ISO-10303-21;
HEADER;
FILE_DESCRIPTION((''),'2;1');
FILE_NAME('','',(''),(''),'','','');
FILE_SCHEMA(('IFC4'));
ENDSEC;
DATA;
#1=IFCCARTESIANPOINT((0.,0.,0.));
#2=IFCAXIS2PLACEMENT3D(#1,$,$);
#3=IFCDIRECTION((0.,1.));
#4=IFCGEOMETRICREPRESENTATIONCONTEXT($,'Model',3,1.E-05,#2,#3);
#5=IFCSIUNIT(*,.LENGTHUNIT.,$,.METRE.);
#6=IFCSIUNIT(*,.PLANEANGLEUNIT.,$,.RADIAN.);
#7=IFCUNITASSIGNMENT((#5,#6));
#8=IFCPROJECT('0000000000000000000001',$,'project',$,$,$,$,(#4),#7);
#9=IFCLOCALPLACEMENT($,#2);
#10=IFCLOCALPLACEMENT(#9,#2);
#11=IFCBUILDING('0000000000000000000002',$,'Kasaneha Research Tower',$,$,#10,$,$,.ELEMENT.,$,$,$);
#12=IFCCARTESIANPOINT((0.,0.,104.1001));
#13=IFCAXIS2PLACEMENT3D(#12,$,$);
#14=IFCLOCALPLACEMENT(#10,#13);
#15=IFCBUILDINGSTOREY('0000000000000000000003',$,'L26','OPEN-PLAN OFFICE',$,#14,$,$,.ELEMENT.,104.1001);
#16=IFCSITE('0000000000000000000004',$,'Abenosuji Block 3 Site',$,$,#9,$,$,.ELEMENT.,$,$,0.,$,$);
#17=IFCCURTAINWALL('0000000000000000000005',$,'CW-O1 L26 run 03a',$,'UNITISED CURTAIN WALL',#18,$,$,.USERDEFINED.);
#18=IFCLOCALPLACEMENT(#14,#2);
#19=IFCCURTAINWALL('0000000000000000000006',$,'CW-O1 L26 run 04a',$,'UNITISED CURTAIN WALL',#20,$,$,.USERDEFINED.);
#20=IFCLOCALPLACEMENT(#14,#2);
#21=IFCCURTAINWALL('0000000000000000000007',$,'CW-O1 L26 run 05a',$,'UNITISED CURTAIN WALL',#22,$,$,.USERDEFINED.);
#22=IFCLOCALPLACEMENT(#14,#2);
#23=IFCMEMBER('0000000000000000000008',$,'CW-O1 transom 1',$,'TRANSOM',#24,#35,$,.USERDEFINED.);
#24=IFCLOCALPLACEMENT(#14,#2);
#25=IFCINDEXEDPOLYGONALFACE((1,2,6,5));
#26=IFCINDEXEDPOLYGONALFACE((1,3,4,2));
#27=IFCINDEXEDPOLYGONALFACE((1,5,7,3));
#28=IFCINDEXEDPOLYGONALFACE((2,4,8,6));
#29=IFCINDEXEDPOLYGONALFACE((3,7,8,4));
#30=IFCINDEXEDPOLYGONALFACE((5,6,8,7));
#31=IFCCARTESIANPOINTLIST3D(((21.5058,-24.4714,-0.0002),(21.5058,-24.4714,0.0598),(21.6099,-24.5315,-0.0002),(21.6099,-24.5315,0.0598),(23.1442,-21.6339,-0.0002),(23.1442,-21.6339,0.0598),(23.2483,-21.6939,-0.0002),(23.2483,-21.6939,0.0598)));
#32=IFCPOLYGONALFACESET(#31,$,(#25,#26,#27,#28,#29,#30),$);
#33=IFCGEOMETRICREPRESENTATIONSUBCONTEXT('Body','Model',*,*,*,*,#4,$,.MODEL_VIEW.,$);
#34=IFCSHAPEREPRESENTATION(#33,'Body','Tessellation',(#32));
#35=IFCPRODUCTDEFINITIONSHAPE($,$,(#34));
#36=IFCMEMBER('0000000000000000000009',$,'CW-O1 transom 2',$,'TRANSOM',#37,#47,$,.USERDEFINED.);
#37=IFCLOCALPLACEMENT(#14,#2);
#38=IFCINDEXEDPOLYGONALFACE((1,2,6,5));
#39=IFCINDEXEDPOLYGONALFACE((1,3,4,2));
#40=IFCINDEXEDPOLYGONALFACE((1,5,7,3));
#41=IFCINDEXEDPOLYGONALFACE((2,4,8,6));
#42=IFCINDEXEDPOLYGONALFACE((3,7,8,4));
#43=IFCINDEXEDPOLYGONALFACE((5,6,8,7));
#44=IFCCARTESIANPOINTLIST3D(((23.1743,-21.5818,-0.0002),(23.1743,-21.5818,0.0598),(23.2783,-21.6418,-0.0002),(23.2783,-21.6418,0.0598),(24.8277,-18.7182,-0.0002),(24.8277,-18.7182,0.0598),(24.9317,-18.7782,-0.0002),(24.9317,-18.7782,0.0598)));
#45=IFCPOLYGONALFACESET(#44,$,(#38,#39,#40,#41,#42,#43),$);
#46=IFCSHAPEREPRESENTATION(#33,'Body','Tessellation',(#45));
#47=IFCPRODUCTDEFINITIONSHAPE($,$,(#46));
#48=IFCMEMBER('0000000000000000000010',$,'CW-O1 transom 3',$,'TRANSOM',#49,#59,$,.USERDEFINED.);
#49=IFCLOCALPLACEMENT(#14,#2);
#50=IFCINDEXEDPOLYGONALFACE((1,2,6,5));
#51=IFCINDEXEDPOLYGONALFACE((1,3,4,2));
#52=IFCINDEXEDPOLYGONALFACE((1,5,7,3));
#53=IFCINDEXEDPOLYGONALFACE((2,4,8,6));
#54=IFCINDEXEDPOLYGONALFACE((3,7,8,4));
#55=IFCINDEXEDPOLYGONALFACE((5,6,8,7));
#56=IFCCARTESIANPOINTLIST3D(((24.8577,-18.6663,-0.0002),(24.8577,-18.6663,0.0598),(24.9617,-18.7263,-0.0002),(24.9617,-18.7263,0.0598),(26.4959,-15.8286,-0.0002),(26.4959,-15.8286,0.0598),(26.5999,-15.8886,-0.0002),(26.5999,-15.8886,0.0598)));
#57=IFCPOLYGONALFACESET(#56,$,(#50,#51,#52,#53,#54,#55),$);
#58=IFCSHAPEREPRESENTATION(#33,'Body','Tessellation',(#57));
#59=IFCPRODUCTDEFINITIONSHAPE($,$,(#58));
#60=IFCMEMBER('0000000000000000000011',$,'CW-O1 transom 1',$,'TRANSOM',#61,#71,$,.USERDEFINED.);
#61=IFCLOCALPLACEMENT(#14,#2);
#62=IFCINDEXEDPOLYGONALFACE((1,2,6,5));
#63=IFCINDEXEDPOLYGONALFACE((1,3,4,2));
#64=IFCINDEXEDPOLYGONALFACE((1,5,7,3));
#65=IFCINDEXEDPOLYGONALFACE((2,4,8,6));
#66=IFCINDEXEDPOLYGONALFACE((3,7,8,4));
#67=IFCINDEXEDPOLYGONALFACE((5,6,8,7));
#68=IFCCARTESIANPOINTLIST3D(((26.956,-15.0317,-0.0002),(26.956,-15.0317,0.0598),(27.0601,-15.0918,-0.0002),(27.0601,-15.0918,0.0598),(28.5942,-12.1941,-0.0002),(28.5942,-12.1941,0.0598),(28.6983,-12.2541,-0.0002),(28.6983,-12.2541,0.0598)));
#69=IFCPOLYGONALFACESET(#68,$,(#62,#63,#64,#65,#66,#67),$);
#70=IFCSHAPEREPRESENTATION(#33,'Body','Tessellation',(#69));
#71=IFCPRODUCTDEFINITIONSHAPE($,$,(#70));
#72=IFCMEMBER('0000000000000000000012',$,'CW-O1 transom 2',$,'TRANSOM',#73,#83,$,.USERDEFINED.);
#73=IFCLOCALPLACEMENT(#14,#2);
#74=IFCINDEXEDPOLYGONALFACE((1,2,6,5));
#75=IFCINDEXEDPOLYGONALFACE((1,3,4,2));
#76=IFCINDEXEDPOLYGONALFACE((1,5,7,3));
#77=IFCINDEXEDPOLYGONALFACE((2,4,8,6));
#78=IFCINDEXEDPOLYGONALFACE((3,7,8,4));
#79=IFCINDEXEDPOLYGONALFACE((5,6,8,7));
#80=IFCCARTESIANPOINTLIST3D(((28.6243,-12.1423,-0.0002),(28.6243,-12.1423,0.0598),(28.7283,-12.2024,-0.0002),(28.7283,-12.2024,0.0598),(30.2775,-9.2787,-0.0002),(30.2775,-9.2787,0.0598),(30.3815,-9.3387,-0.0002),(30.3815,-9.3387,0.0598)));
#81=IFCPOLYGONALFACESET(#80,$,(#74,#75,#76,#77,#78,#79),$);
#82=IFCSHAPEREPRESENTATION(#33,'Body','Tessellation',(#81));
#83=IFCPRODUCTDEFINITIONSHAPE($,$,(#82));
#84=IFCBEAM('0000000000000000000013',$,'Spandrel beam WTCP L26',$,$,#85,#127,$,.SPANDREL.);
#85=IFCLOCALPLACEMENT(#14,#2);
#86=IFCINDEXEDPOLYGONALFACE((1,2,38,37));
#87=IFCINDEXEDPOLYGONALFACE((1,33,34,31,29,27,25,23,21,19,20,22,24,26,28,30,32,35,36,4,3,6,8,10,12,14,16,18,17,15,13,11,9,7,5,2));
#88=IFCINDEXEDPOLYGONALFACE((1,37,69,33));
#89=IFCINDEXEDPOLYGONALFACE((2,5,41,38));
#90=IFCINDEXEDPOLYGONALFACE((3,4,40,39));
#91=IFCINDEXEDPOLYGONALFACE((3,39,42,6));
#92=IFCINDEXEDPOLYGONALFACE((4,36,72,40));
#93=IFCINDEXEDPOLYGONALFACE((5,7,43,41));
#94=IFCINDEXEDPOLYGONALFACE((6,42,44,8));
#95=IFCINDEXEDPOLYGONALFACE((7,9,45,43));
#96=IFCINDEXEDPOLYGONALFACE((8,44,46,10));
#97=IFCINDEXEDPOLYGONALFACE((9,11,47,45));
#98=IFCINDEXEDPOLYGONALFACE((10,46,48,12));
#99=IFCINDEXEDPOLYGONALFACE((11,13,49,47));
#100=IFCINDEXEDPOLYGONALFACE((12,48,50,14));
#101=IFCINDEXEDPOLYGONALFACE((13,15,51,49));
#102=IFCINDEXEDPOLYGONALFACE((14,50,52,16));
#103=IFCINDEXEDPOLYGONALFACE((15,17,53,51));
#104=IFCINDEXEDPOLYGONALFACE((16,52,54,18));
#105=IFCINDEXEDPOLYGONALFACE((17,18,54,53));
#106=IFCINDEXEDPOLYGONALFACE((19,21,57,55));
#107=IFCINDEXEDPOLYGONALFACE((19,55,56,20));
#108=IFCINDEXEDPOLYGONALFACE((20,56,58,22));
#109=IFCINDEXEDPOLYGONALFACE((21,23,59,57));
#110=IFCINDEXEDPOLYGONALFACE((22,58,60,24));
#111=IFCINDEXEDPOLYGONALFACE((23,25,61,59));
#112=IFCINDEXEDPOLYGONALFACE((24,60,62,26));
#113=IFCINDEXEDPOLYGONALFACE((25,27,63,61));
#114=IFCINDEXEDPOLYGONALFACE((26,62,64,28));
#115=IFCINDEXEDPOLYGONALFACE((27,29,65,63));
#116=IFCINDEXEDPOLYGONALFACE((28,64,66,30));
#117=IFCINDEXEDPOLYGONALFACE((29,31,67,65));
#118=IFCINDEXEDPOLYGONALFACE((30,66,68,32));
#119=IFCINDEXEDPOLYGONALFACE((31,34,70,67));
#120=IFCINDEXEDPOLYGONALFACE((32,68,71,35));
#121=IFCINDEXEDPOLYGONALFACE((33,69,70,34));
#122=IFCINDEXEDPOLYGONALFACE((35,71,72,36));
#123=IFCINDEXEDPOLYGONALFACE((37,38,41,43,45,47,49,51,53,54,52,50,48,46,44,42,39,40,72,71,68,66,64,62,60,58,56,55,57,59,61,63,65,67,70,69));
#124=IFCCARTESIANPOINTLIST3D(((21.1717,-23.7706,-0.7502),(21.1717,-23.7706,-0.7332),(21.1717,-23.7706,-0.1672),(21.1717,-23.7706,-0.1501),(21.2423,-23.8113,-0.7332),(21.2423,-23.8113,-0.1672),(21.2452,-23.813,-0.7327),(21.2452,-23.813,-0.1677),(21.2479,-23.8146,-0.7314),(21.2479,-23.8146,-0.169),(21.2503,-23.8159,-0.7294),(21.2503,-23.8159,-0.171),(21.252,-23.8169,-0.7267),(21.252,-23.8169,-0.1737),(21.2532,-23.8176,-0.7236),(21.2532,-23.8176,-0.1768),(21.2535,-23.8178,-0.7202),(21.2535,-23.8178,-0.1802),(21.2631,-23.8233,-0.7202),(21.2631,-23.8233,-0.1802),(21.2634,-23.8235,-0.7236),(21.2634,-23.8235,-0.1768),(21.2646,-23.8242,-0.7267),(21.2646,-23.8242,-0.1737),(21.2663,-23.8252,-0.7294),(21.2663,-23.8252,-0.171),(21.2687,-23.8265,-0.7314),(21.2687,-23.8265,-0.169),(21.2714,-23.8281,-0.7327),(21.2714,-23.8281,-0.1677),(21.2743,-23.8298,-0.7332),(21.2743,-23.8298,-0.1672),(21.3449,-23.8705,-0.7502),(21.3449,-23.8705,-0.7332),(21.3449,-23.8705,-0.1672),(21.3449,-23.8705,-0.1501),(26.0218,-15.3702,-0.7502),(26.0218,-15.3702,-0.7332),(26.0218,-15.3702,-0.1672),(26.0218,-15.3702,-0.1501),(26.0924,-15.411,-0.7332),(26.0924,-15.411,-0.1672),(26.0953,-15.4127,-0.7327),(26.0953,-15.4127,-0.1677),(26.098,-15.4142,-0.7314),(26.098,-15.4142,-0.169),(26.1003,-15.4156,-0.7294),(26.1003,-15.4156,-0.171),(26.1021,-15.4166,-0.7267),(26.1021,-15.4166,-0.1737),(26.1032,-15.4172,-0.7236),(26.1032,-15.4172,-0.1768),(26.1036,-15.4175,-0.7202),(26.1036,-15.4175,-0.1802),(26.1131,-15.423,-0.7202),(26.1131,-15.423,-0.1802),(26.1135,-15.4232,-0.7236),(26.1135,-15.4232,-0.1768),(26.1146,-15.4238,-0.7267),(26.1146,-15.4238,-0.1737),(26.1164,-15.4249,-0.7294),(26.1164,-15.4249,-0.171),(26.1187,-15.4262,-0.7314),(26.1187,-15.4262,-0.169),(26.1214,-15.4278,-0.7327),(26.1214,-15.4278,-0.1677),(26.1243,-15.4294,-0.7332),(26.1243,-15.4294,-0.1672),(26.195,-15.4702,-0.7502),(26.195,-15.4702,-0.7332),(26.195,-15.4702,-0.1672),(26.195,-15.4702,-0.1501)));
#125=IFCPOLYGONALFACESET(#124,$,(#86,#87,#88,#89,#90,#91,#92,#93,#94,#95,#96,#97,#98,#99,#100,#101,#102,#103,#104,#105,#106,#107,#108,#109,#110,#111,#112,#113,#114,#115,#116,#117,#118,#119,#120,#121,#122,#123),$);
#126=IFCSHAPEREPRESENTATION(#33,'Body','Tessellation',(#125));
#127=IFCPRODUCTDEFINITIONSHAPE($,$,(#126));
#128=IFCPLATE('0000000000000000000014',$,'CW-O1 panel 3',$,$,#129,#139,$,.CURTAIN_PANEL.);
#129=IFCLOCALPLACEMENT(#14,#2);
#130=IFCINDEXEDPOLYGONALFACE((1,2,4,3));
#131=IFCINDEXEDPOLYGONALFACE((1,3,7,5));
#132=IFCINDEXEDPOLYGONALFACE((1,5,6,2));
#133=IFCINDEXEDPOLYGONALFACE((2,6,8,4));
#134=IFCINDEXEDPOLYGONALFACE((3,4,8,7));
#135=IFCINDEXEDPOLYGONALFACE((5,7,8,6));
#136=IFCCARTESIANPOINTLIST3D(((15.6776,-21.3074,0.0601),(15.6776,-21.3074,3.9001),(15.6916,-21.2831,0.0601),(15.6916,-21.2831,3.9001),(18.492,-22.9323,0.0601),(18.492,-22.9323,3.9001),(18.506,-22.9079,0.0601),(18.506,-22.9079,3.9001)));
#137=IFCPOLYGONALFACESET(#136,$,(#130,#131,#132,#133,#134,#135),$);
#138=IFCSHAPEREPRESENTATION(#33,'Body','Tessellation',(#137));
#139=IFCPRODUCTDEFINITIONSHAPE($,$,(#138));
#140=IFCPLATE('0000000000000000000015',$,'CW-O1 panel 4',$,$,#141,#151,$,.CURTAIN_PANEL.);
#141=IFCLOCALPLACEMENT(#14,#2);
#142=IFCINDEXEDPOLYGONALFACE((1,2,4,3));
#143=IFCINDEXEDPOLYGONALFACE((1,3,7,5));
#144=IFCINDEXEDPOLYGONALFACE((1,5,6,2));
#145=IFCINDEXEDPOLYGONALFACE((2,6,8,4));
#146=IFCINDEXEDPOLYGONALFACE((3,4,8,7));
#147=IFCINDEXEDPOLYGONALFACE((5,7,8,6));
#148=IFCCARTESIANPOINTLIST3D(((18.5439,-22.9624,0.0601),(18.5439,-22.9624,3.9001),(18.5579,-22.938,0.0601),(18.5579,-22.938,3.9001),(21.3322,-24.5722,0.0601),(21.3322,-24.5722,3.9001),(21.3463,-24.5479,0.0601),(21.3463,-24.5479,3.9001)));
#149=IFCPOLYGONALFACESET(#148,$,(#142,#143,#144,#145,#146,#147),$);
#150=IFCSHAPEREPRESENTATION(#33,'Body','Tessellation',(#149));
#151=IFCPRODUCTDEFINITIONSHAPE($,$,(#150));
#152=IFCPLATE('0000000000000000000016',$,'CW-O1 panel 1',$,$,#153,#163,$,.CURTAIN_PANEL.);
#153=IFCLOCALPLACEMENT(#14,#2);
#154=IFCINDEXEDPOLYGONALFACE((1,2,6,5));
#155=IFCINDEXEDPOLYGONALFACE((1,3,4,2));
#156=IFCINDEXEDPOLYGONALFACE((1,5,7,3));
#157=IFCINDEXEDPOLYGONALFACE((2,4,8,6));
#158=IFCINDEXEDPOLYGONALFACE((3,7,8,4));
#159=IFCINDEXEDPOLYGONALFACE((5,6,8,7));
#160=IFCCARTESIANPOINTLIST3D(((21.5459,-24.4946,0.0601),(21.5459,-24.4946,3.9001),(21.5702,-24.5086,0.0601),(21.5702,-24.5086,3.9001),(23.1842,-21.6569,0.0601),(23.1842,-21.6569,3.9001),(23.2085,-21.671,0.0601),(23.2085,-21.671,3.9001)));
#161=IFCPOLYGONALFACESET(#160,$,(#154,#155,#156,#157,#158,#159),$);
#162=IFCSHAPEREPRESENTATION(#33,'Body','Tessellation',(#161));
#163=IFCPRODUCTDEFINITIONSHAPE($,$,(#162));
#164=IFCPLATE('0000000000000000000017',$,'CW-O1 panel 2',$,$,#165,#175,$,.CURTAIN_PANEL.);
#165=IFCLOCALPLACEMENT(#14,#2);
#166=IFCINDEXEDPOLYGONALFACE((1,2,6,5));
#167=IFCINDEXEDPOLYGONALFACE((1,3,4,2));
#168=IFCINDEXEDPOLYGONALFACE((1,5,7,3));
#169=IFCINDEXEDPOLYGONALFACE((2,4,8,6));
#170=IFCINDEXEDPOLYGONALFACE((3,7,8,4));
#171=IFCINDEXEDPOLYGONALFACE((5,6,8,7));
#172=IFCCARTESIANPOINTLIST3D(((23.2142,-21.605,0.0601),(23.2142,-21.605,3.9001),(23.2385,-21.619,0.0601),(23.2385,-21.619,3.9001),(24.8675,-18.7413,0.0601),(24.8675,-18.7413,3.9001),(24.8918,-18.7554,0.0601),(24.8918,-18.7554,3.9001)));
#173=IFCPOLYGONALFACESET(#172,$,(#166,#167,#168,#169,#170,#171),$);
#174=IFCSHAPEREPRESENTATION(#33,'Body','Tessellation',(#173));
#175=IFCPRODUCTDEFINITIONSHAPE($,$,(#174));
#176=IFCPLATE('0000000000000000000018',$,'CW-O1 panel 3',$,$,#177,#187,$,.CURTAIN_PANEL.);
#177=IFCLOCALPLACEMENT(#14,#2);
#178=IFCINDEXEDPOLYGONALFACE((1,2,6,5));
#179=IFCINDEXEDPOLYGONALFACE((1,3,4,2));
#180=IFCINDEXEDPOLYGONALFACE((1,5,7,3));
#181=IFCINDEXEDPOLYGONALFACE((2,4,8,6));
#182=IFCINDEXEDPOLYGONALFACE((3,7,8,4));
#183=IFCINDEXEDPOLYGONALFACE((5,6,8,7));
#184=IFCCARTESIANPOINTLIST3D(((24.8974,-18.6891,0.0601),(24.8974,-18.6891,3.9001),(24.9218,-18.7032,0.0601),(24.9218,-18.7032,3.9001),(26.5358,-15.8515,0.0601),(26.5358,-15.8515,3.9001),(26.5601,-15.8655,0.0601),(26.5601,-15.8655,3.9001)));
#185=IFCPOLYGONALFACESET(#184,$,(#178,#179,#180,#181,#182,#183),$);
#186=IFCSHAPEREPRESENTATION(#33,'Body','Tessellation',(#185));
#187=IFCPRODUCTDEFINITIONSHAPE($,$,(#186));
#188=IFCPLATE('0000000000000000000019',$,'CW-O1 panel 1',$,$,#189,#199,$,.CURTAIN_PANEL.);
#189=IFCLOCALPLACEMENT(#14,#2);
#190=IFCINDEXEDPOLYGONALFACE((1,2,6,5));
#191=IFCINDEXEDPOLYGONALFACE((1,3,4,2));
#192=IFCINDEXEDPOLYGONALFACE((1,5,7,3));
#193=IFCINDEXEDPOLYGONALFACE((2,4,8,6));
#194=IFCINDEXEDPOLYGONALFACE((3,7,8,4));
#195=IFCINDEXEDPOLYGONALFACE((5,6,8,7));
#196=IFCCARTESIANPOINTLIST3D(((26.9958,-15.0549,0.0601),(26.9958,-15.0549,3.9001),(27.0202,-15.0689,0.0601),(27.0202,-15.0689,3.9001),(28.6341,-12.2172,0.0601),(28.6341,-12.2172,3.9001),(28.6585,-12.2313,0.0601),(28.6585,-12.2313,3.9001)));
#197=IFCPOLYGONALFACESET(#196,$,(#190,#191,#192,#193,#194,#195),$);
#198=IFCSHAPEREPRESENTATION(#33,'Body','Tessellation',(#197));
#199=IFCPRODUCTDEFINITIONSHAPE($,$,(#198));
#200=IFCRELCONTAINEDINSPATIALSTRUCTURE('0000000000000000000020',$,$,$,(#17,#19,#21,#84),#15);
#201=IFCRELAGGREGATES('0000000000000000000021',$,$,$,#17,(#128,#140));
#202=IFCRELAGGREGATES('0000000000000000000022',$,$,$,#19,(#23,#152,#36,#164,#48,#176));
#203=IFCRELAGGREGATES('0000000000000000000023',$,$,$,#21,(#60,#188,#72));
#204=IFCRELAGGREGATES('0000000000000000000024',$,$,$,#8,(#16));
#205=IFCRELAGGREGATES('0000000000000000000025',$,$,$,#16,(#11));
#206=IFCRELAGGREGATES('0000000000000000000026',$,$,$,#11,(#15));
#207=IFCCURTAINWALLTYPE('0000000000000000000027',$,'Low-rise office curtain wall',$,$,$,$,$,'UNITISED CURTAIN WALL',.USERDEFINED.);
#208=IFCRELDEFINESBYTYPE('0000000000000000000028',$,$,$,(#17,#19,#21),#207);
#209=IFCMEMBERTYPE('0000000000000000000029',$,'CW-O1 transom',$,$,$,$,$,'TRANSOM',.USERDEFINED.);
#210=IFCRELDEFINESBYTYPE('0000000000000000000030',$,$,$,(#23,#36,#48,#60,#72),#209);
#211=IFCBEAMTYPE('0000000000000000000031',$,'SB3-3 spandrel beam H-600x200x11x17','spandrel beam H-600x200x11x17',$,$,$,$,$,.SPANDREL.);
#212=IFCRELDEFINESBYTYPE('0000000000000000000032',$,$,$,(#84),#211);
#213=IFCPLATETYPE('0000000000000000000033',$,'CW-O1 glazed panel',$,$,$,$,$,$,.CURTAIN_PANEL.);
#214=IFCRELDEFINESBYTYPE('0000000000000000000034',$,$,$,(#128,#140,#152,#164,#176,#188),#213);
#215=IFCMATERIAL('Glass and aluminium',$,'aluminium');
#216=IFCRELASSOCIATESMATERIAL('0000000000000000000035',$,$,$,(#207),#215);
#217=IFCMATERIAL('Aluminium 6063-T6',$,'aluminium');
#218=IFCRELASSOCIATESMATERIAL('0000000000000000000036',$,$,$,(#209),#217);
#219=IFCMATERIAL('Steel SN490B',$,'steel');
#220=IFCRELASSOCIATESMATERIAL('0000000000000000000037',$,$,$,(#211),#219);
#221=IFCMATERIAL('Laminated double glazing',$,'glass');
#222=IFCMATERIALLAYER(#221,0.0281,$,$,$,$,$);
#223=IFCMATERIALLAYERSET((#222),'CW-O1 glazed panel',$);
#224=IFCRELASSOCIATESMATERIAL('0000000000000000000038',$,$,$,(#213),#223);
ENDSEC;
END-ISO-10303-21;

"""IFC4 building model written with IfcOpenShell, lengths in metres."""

from ifc_helpers import new_model, si_unit, direction, frame, origin, origin_2d, place, context, subcontext, project, spatial, rectangle, i_section, extrude, material, layer, layer_set, material_profile, profile_set, type_object, element, aggregate, save


model = new_model("IFC4")

# Units and contexts
model_context = context("Model", 3, precision=1e-05, world=origin(), true_north=direction((0.0, 1.0)))
body_context = subcontext(model_context, "Body", "Model", "MODEL_VIEW")
ifc_project = project(units=[si_unit("LENGTHUNIT", "METRE"), si_unit("PLANEANGLEUNIT", "RADIAN")], contexts=[model_context])

# Site, building, storey
site_placement = place(None, origin())
site = spatial("IfcSite", under=ifc_project, at=site_placement, Name="Abenosuji Block 3 Site", CompositionType="ELEMENT", RefElevation=0.0)
building_placement = place(site_placement, origin())
building = spatial("IfcBuilding", under=site, at=building_placement, Name="Kasaneha Research Tower", CompositionType="ELEMENT")
storey_placement = place(building_placement, frame((0.0, 0.0, 104.1001)))
storey = spatial("IfcBuildingStorey", under=building, at=storey_placement, Name="L26", Description="OPEN-PLAN OFFICE", CompositionType="ELEMENT", Elevation=104.1001)

# Curtain walls
ifc_material_1 = material(Name="Glass and aluminium", Category="aluminium")
curtain_wall_type = type_object("IfcCurtainWallType", Name="Low-rise office curtain wall", ElementType="UNITISED CURTAIN WALL", PredefinedType="USERDEFINED", material=ifc_material_1)
curtain_wall_1_placement = place(storey_placement, origin())
curtain_wall_1 = element("IfcCurtainWall", 1, at=curtain_wall_1_placement, inside=storey, type_object=curtain_wall_type, Name="CW-O1 L26 run 03a", ObjectType="UNITISED CURTAIN WALL", PredefinedType="USERDEFINED")
curtain_wall_2_placement = place(storey_placement, origin())
curtain_wall_2 = element("IfcCurtainWall", 2, at=curtain_wall_2_placement, inside=storey, type_object=curtain_wall_type, Name="CW-O1 L26 run 04a", ObjectType="UNITISED CURTAIN WALL", PredefinedType="USERDEFINED")
curtain_wall_3_placement = place(storey_placement, origin())
curtain_wall_3 = element("IfcCurtainWall", 3, at=curtain_wall_3_placement, inside=storey, type_object=curtain_wall_type, Name="CW-O1 L26 run 05a", ObjectType="UNITISED CURTAIN WALL", PredefinedType="USERDEFINED")

# Members
ifc_material_2 = material(Name="Aluminium 6063-T6", Category="aluminium")
ifc_material_profile_1 = material_profile(ifc_material_2, rectangle(XDim=0.1201, YDim=0.0601, at=origin_2d()), Name="CW-O1 transom 120x60")
ifc_profile_set_1 = profile_set([ifc_material_profile_1], Name="Aluminium 6063-T6")
member_type_1 = type_object("IfcMemberType", Name="CW-O1 transom", ElementType="TRANSOM", PredefinedType="USERDEFINED", material=ifc_profile_set_1)
member_1_placement = place(storey_placement, frame((21.5579, -24.5015, 0.0298), z_axis=(0.500026, 0.866011, 0.0), x_axis=(-0.866011, 0.500026, 0.0)))
member_1 = element("IfcMember", 4, at=member_1_placement, type_object=member_type_1, Name="CW-O1 transom 1", ObjectType="TRANSOM", PredefinedType="USERDEFINED", context=body_context, shape_type="SweptSolid", body=[
    extrude(rectangle(XDim=0.1201, YDim=0.0601, at=origin_2d()), origin(), (0.0, 0.0, 1.0), 3.2766),
])
member_2_placement = place(storey_placement, frame((23.2263, -21.6118, 0.0298), z_axis=(0.500014, 0.866017, 0.0), x_axis=(-0.866017, 0.500014, 0.0)))
member_2 = element("IfcMember", 5, at=member_2_placement, type_object=member_type_1, Name="CW-O1 transom 2", ObjectType="TRANSOM", PredefinedType="USERDEFINED", context=body_context, shape_type="SweptSolid", body=[
    extrude(rectangle(XDim=0.1201, YDim=0.0601, at=origin_2d()), origin(), (0.0, 0.0, 1.0), 3.3066),
])
member_3_placement = place(storey_placement, frame((24.9097, -18.6963, 0.0298), z_axis=(0.49997, 0.866043, 0.0), x_axis=(-0.866043, 0.49997, 0.0)))
member_3 = element("IfcMember", 6, at=member_3_placement, type_object=member_type_1, Name="CW-O1 transom 3", ObjectType="TRANSOM", PredefinedType="USERDEFINED", context=body_context, shape_type="SweptSolid", body=[
    extrude(rectangle(XDim=0.1201, YDim=0.0601, at=origin_2d()), origin(), (0.0, 0.0, 1.0), 3.2766),
])
member_4_placement = place(storey_placement, frame((27.0081, -15.0618, 0.0298), z_axis=(0.49997, 0.866043, 0.0), x_axis=(-0.866043, 0.49997, 0.0)))
member_4 = element("IfcMember", 7, at=member_4_placement, type_object=member_type_1, Name="CW-O1 transom 1", ObjectType="TRANSOM", PredefinedType="USERDEFINED", context=body_context, shape_type="SweptSolid", body=[
    extrude(rectangle(XDim=0.1201, YDim=0.0601, at=origin_2d()), origin(), (0.0, 0.0, 1.0), 3.2766),
])
member_5_placement = place(storey_placement, frame((28.6763, -12.1724, 0.0298), z_axis=(0.499982, 0.866036, 0.0), x_axis=(-0.866036, 0.499982, 0.0)))
member_5 = element("IfcMember", 8, at=member_5_placement, type_object=member_type_1, Name="CW-O1 transom 2", ObjectType="TRANSOM", PredefinedType="USERDEFINED", context=body_context, shape_type="SweptSolid", body=[
    extrude(rectangle(XDim=0.1201, YDim=0.0601, at=origin_2d()), origin(), (0.0, 0.0, 1.0), 3.3066),
])

# Beam
ifc_material_3 = material(Name="Steel SN490B", Category="steel")
ifc_material_profile_2 = material_profile(ifc_material_3, i_section(OverallWidth=0.2, OverallDepth=0.6001, WebThickness=0.011, FlangeThickness=0.0171, FilletRadius=0.0129, at=origin_2d()), Name="H-600x200x11x17")
ifc_profile_set_2 = profile_set([ifc_material_profile_2], Name="Steel SN490B")
beam_type_1 = type_object("IfcBeamType", Name="SB3-3 spandrel beam H-600x200x11x17", Description="spandrel beam H-600x200x11x17", PredefinedType="SPANDREL", material=ifc_profile_set_2)
beam_1_placement = place(storey_placement, frame((21.2583, -23.8206, -0.4502), z_axis=(0.50001, 0.86602, 0.0), x_axis=(-0.86602, 0.50001, 0.0)))
element("IfcBeam", 9, at=beam_1_placement, inside=storey, type_object=beam_type_1, Name="Spandrel beam WTCP L26", PredefinedType="SPANDREL", context=body_context, shape_type="SweptSolid", body=[
    extrude(i_section(OverallWidth=0.2, OverallDepth=0.6001, WebThickness=0.011, FlangeThickness=0.0171, FilletRadius=0.0129, at=origin_2d()), origin(), (0.0, 0.0, 1.0), 9.7),
])

# Plates
ifc_material_4 = material(Name="Laminated double glazing", Category="glass")
ifc_layer_1 = layer(ifc_material_4, 0.0281)
ifc_layer_set_1 = layer_set([ifc_layer_1], Name="CW-O1 glazed panel")
plate_type = type_object("IfcPlateType", Name="CW-O1 glazed panel", PredefinedType="CURTAIN_PANEL", material=ifc_layer_set_1)
plate_1_placement = place(storey_placement, frame((17.0918, -22.1077, 0.0601), z_axis=(0.0, 0.0, 1.0), x_axis=(0.866025, -0.5, 0.0)))
plate_1 = element("IfcPlate", 10, at=plate_1_placement, type_object=plate_type, Name="CW-O1 panel 3", PredefinedType="CURTAIN_PANEL", context=body_context, shape_type="SweptSolid", body=[
    extrude(rectangle(XDim=3.2498, YDim=0.0281, at=origin_2d()), origin(), (0.0, 0.0, 1.0), 3.8401),
])
plate_2_placement = place(storey_placement, frame((19.9451, -23.7551, 0.0601), z_axis=(0.0, 0.0, 1.0), x_axis=(0.866025, -0.5, 0.0)))
plate_2 = element("IfcPlate", 11, at=plate_2_placement, type_object=plate_type, Name="CW-O1 panel 4", PredefinedType="CURTAIN_PANEL", context=body_context, shape_type="SweptSolid", body=[
    extrude(rectangle(XDim=3.2197, YDim=0.0281, at=origin_2d()), origin(), (0.0, 0.0, 1.0), 3.8401),
])
aggregate(curtain_wall_1, [plate_1, plate_2])
plate_3_placement = place(storey_placement, frame((22.3772, -23.0828, 0.0601), z_axis=(0.0, 0.0, 1.0), x_axis=(0.5, 0.866025, 0.0)))
plate_3 = element("IfcPlate", 12, at=plate_3_placement, type_object=plate_type, Name="CW-O1 panel 1", PredefinedType="CURTAIN_PANEL", context=body_context, shape_type="SweptSolid", body=[
    extrude(rectangle(XDim=3.2766, YDim=0.0281, at=origin_2d()), origin(), (0.0, 0.0, 1.0), 3.8401),
])
plate_4_placement = place(storey_placement, frame((24.053, -20.1802, 0.0601), z_axis=(0.0, 0.0, 1.0), x_axis=(0.5, 0.866025, 0.0)))
plate_4 = element("IfcPlate", 13, at=plate_4_placement, type_object=plate_type, Name="CW-O1 panel 2", PredefinedType="CURTAIN_PANEL", context=body_context, shape_type="SweptSolid", body=[
    extrude(rectangle(XDim=3.3066, YDim=0.0281, at=origin_2d()), origin(), (0.0, 0.0, 1.0), 3.8401),
])
plate_5_placement = place(storey_placement, frame((25.7288, -17.2773, 0.0601), z_axis=(0.0, 0.0, 1.0), x_axis=(0.5, 0.866025, 0.0)))
plate_5 = element("IfcPlate", 14, at=plate_5_placement, type_object=plate_type, Name="CW-O1 panel 3", PredefinedType="CURTAIN_PANEL", context=body_context, shape_type="SweptSolid", body=[
    extrude(rectangle(XDim=3.2766, YDim=0.0281, at=origin_2d()), origin(), (0.0, 0.0, 1.0), 3.8401),
])
aggregate(curtain_wall_2, [member_1, plate_3, member_2, plate_4, member_3, plate_5])
plate_6_placement = place(storey_placement, frame((27.8271, -13.6431, 0.0601), z_axis=(0.0, 0.0, 1.0), x_axis=(0.5, 0.866025, 0.0)))
plate_6 = element("IfcPlate", 15, at=plate_6_placement, type_object=plate_type, Name="CW-O1 panel 1", PredefinedType="CURTAIN_PANEL", context=body_context, shape_type="SweptSolid", body=[
    extrude(rectangle(XDim=3.2766, YDim=0.0281, at=origin_2d()), origin(), (0.0, 0.0, 1.0), 3.8401),
])
aggregate(curtain_wall_3, [member_4, plate_6, member_5])

save(model, "model.ifc")
